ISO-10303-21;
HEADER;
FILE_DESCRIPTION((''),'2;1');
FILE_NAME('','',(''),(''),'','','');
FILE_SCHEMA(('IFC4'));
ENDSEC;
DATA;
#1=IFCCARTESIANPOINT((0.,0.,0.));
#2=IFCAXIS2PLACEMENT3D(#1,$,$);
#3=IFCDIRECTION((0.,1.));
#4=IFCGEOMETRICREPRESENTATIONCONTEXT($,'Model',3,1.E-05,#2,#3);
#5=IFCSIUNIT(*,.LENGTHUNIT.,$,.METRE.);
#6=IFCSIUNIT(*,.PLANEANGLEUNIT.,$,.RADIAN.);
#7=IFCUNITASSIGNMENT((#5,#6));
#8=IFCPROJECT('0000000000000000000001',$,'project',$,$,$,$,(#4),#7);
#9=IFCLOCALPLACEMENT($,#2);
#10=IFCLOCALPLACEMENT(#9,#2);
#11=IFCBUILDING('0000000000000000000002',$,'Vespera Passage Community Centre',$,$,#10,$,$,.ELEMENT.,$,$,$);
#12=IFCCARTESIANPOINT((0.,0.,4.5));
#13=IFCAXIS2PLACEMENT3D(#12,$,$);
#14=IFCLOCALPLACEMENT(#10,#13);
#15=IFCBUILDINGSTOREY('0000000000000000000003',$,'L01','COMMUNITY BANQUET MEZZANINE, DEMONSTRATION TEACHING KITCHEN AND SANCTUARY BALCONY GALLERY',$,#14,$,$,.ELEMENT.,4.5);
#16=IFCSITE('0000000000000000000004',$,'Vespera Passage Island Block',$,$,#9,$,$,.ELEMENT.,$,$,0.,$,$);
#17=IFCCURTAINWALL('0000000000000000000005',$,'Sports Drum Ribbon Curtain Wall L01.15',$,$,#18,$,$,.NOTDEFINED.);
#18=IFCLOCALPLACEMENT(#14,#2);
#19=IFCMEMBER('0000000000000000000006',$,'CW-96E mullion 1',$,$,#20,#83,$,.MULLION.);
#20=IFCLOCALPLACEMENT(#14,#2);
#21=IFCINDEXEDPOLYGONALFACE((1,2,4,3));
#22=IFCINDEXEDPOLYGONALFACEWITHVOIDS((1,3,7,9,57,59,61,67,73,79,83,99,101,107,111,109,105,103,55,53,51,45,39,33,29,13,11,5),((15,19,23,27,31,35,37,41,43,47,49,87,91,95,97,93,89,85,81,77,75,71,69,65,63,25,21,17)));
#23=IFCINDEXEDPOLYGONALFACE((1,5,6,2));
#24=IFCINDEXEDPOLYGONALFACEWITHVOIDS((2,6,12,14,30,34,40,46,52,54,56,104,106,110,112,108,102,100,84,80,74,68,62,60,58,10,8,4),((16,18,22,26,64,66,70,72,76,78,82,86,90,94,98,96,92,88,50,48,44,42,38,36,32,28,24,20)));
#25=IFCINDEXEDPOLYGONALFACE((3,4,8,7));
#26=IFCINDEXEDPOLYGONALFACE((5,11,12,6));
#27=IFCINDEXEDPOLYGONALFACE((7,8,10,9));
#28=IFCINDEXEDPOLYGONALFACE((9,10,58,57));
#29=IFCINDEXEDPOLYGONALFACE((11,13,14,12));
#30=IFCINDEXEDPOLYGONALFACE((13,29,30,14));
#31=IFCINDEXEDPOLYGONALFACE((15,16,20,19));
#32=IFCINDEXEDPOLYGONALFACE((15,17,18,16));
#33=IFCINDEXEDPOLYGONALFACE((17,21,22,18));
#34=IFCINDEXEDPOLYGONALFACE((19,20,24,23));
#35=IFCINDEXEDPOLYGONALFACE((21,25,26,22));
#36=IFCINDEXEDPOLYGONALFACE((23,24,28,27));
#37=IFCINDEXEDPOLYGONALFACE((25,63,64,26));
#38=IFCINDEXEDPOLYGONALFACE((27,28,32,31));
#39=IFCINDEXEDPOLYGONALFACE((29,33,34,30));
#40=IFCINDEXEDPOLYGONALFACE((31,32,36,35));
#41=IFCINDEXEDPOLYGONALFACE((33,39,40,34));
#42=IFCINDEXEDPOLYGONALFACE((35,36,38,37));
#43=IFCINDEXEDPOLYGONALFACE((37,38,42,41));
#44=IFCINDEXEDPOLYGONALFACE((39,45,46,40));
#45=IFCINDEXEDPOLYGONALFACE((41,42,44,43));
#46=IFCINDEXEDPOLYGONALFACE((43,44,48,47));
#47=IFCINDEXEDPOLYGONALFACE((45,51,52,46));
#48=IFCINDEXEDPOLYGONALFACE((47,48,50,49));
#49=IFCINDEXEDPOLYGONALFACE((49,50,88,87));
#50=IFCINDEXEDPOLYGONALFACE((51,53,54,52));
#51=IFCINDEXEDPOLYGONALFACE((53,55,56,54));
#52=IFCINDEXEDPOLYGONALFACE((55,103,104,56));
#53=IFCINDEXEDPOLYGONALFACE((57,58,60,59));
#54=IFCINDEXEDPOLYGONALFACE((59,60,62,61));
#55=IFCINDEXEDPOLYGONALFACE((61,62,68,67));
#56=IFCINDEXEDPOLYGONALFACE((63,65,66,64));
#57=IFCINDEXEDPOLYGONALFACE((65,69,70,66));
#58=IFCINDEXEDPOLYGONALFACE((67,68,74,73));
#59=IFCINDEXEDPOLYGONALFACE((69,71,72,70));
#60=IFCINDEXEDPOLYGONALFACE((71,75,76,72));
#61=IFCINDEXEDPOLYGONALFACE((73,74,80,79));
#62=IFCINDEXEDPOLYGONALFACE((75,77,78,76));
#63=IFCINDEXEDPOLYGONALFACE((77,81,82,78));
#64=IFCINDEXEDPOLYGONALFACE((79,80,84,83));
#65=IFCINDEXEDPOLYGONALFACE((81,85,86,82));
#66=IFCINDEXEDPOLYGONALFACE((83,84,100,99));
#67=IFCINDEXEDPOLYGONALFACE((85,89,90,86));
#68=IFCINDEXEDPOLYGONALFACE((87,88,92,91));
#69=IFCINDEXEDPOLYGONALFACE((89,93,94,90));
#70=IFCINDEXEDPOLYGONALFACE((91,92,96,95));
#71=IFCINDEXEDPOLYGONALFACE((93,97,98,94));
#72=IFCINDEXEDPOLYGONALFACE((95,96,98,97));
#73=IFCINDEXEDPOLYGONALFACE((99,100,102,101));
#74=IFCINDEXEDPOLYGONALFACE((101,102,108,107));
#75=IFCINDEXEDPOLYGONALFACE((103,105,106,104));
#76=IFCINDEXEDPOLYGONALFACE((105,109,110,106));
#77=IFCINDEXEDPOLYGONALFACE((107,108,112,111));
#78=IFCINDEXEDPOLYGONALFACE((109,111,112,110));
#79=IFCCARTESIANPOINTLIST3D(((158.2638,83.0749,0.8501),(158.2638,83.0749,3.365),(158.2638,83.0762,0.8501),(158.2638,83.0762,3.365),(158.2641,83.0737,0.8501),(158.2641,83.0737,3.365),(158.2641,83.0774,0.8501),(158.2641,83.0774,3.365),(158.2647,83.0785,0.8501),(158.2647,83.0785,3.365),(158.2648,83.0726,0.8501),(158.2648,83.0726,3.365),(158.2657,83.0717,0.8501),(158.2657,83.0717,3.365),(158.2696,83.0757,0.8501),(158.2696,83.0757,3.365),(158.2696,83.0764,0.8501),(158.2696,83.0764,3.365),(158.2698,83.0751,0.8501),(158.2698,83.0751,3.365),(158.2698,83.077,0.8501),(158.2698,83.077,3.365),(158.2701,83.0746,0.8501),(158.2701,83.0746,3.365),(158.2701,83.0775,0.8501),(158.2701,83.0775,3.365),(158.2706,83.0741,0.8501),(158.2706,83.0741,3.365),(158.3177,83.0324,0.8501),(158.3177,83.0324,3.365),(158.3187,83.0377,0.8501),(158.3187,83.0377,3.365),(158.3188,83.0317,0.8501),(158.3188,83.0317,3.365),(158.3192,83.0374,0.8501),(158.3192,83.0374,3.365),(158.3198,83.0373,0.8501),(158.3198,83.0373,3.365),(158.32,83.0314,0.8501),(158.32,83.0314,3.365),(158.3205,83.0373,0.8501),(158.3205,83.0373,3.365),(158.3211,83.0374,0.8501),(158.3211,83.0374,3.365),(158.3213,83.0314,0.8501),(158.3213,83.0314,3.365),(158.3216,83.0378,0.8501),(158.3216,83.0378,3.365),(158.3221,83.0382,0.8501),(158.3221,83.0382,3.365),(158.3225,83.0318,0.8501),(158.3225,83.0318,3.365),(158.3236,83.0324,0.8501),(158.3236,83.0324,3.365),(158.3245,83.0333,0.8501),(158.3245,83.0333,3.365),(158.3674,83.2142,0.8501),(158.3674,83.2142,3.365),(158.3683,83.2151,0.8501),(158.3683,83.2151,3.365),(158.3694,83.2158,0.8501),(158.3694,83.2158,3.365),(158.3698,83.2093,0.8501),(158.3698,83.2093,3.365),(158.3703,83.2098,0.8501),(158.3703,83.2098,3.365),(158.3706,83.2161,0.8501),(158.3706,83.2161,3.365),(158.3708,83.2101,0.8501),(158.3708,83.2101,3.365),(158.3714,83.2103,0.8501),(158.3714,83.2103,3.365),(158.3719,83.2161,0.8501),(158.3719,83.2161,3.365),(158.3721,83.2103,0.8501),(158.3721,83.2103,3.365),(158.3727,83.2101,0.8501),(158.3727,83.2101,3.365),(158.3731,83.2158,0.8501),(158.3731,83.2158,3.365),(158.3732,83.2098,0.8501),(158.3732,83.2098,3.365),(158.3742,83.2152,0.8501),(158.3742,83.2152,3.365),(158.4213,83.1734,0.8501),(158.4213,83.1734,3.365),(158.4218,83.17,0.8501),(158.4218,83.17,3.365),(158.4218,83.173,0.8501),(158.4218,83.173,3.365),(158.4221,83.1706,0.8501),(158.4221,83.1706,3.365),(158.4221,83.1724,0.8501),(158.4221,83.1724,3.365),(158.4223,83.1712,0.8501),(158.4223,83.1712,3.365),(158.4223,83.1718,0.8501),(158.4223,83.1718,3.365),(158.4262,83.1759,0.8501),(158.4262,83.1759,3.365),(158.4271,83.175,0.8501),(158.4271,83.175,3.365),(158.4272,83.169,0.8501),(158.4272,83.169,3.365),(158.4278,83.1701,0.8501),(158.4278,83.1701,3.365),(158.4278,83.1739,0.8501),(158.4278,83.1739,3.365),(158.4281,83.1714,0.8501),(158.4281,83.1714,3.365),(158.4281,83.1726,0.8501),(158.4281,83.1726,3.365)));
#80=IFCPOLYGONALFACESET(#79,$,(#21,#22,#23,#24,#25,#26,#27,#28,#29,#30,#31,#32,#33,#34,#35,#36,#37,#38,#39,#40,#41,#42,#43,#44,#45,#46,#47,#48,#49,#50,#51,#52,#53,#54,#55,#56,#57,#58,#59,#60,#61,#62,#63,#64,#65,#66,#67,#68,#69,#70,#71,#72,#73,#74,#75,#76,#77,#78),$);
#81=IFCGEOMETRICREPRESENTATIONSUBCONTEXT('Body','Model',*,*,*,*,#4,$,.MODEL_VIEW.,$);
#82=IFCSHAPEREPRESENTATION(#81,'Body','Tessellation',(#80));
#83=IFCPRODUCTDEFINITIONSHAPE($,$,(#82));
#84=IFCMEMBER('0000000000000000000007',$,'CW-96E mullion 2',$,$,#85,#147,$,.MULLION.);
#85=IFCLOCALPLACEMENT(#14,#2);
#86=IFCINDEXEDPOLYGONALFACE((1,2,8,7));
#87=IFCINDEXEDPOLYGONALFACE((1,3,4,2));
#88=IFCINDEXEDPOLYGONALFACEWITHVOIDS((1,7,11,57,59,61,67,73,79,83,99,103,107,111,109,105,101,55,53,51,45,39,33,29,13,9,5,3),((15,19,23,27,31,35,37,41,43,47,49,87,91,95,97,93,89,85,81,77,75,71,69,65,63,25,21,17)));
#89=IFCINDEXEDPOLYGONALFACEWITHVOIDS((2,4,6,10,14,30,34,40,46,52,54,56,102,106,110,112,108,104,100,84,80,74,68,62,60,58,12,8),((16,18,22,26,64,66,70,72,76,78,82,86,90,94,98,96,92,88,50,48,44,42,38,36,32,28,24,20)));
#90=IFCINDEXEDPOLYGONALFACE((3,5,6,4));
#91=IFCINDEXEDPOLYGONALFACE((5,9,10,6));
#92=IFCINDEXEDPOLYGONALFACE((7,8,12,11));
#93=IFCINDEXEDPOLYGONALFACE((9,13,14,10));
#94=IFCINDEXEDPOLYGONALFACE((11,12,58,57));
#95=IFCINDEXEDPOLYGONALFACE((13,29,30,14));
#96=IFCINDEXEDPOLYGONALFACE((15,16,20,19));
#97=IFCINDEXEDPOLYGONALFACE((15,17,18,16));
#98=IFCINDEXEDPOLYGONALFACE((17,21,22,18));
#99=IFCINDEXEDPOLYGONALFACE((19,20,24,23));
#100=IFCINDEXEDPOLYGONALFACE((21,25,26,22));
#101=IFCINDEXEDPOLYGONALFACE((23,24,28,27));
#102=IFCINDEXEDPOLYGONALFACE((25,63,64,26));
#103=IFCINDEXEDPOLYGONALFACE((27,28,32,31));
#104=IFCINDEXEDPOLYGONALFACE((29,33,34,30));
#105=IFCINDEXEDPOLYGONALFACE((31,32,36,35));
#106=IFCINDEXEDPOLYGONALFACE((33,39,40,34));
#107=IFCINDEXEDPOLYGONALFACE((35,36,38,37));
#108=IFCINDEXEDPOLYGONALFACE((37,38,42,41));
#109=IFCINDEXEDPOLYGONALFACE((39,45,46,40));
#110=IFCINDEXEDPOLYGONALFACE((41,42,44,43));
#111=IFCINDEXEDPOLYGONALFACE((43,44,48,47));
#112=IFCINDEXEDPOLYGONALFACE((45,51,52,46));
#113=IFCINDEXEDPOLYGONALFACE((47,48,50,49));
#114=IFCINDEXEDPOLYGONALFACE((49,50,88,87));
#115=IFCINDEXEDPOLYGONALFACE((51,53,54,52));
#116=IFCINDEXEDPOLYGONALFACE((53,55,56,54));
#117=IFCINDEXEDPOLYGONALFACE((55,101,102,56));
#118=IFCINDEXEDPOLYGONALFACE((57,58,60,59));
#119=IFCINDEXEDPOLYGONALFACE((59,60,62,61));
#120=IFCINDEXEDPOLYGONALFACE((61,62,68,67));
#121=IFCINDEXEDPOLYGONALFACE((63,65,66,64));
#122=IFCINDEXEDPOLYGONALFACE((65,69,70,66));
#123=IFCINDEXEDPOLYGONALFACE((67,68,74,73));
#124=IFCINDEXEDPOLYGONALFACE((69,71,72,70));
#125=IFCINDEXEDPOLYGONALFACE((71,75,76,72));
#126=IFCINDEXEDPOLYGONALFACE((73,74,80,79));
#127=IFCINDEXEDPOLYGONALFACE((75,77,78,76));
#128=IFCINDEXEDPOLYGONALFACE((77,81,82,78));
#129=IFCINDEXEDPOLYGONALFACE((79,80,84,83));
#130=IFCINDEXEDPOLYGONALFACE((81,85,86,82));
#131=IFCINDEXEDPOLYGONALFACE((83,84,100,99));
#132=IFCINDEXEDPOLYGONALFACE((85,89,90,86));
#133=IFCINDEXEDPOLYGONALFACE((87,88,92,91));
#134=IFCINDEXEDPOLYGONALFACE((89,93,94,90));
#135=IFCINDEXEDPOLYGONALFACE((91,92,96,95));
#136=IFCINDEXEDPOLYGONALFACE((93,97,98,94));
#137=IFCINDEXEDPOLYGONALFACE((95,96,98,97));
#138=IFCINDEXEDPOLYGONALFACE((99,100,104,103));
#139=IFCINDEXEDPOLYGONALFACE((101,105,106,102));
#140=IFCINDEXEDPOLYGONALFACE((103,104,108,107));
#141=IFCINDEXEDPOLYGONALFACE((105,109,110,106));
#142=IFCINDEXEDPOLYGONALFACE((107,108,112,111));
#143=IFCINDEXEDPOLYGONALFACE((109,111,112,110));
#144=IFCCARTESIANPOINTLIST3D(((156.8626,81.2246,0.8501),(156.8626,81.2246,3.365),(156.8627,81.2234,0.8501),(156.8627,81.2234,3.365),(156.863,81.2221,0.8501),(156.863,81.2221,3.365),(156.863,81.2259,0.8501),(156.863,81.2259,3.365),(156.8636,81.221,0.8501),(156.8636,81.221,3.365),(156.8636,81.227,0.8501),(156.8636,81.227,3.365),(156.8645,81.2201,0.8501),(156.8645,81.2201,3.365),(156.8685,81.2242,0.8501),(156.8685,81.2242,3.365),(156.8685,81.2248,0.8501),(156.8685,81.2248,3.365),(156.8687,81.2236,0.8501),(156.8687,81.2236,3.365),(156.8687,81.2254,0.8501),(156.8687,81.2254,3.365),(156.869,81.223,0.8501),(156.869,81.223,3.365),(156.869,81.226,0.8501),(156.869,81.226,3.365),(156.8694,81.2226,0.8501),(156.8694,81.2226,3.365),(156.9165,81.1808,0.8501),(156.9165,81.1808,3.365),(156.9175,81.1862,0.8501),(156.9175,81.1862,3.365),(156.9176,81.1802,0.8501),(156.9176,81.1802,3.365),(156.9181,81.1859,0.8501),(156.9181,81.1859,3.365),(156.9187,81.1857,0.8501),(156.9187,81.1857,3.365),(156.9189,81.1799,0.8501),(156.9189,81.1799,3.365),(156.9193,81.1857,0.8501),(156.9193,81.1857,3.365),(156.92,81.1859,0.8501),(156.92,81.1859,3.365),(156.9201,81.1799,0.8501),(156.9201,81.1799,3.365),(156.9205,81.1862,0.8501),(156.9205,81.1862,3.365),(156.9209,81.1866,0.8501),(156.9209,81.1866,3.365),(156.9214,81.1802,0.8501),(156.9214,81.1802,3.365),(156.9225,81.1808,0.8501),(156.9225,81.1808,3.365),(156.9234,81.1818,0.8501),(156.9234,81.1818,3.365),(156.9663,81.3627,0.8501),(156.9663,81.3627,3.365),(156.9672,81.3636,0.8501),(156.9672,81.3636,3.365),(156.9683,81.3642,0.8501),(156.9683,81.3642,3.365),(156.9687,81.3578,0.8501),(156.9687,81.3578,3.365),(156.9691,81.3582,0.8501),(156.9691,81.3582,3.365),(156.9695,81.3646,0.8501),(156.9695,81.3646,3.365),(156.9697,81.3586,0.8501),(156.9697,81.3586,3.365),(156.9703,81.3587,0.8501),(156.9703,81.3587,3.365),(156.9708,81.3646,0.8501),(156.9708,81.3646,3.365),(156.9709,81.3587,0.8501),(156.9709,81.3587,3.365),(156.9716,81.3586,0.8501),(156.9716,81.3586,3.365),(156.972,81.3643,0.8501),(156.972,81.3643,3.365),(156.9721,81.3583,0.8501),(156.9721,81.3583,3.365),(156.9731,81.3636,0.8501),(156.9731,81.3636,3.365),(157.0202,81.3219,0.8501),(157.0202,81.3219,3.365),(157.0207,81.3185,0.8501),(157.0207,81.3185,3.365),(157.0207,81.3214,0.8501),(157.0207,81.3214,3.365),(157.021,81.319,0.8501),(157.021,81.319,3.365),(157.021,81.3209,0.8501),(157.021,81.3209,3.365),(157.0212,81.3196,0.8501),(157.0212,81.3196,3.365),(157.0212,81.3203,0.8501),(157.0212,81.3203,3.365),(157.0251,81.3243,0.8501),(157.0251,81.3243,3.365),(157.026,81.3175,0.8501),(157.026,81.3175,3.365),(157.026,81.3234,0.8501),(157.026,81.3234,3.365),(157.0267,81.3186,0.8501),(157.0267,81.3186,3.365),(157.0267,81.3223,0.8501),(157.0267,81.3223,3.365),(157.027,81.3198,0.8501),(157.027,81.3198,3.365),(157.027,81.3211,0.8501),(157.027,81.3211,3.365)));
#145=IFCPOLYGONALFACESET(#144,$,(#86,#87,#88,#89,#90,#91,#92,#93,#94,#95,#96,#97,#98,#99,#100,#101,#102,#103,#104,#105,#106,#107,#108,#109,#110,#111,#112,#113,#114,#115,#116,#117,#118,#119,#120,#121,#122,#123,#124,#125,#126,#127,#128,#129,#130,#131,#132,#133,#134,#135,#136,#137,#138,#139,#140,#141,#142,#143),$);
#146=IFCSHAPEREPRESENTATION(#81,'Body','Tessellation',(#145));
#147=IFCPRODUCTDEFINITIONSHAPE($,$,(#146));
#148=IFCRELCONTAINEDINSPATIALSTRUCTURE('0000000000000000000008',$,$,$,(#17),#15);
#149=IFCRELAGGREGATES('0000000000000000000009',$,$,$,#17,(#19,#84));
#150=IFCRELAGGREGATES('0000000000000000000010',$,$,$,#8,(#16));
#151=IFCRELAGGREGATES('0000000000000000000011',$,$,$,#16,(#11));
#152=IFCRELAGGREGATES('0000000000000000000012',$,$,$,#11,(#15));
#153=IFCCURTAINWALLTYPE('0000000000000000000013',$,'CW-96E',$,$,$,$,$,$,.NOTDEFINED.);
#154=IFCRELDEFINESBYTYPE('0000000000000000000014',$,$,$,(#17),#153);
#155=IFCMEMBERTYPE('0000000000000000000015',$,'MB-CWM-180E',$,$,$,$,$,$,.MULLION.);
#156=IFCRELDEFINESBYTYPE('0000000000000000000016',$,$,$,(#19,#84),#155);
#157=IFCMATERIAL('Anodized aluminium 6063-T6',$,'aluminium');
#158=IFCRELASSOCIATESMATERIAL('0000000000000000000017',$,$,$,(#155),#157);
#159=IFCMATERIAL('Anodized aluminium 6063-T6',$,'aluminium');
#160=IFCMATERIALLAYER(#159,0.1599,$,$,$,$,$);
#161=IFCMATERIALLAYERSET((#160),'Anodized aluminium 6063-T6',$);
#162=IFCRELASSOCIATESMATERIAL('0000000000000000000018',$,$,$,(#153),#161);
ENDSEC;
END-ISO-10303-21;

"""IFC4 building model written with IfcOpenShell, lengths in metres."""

from ifc_helpers import new_model, si_unit, direction, frame, origin, origin_2d, place, context, subcontext, project, spatial, hollow_rectangle, extrude, material, layer, layer_set, material_profile, profile_set, type_object, element, aggregate, save


model = new_model("IFC4")

# Units and contexts
model_context = context("Model", 3, precision=1e-05, world=origin(), true_north=direction((0.0, 1.0)))
body_context = subcontext(model_context, "Body", "Model", "MODEL_VIEW")
ifc_project = project(units=[si_unit("LENGTHUNIT", "METRE"), si_unit("PLANEANGLEUNIT", "RADIAN")], contexts=[model_context])

# Site, building, storey
site_placement = place(None, origin())
site = spatial("IfcSite", under=ifc_project, at=site_placement, Name="Vespera Passage Island Block", CompositionType="ELEMENT", RefElevation=0.0)
building_placement = place(site_placement, origin())
building = spatial("IfcBuilding", under=site, at=building_placement, Name="Vespera Passage Community Centre", CompositionType="ELEMENT")
storey_placement = place(building_placement, frame((0.0, 0.0, 4.5)))
storey = spatial("IfcBuildingStorey", under=building, at=storey_placement, Name="L01", Description="COMMUNITY BANQUET MEZZANINE, DEMONSTRATION TEACHING KITCHEN AND SANCTUARY BALCONY GALLERY", CompositionType="ELEMENT", Elevation=4.5)

# Shared definitions
ifc_material_1 = material(Name="Anodized aluminium 6063-T6", Category="aluminium")
ifc_material_profile_1 = material_profile(ifc_material_1, hollow_rectangle(XDim=0.075, YDim=0.1799, WallThickness=0.0049, InnerFilletRadius=0.0024, OuterFilletRadius=0.0049, at=origin_2d()), Name="ALU180X75X5")
ifc_profile_set_1 = profile_set([ifc_material_profile_1], Name="Anodized aluminium 6063-T6")
member_type_1 = type_object("IfcMemberType", Name="MB-CWM-180E", PredefinedType="MULLION", material=ifc_profile_set_1)

# Curtain wall, members
ifc_material_2 = material(Name="Anodized aluminium 6063-T6", Category="aluminium")
ifc_layer_1 = layer(ifc_material_2, 0.1599)
ifc_layer_set_1 = layer_set([ifc_layer_1], Name="Anodized aluminium 6063-T6")
curtain_wall_type_1 = type_object("IfcCurtainWallType", Name="CW-96E", PredefinedType="NOTDEFINED", material=ifc_layer_set_1)
curtain_wall_1_placement = place(storey_placement, origin())
curtain_wall_1 = element("IfcCurtainWall", 1, at=curtain_wall_1_placement, inside=storey, type_object=curtain_wall_type_1, Name="Sports Drum Ribbon Curtain Wall L01.15", PredefinedType="NOTDEFINED")
member_1_placement = place(storey_placement, frame((158.3459, 83.1238, 0.8501), z_axis=(0.0, 0.0, 1.0), x_axis=(0.797434, -0.603406, 0.0)))
member_1 = element("IfcMember", 2, at=member_1_placement, type_object=member_type_1, Name="CW-96E mullion 1", PredefinedType="MULLION", context=body_context, shape_type="SweptSolid", body=[
    extrude(hollow_rectangle(XDim=0.075, YDim=0.1799, WallThickness=0.0049, InnerFilletRadius=0.0024, OuterFilletRadius=0.0049, at=origin_2d()), origin(), (0.0, 0.0, 1.0), 2.5149),
])
member_2_placement = place(storey_placement, frame((156.9448, 81.2722, 0.8501), z_axis=(0.0, 0.0, 1.0), x_axis=(0.797434, -0.603406, 0.0)))
member_2 = element("IfcMember", 3, at=member_2_placement, type_object=member_type_1, Name="CW-96E mullion 2", PredefinedType="MULLION", context=body_context, shape_type="SweptSolid", body=[
    extrude(hollow_rectangle(XDim=0.075, YDim=0.1799, WallThickness=0.0049, InnerFilletRadius=0.0024, OuterFilletRadius=0.0049, at=origin_2d()), origin(), (0.0, 0.0, 1.0), 2.5149),
])

aggregate(curtain_wall_1, [member_1, member_2])

save(model, "model.ifc")
